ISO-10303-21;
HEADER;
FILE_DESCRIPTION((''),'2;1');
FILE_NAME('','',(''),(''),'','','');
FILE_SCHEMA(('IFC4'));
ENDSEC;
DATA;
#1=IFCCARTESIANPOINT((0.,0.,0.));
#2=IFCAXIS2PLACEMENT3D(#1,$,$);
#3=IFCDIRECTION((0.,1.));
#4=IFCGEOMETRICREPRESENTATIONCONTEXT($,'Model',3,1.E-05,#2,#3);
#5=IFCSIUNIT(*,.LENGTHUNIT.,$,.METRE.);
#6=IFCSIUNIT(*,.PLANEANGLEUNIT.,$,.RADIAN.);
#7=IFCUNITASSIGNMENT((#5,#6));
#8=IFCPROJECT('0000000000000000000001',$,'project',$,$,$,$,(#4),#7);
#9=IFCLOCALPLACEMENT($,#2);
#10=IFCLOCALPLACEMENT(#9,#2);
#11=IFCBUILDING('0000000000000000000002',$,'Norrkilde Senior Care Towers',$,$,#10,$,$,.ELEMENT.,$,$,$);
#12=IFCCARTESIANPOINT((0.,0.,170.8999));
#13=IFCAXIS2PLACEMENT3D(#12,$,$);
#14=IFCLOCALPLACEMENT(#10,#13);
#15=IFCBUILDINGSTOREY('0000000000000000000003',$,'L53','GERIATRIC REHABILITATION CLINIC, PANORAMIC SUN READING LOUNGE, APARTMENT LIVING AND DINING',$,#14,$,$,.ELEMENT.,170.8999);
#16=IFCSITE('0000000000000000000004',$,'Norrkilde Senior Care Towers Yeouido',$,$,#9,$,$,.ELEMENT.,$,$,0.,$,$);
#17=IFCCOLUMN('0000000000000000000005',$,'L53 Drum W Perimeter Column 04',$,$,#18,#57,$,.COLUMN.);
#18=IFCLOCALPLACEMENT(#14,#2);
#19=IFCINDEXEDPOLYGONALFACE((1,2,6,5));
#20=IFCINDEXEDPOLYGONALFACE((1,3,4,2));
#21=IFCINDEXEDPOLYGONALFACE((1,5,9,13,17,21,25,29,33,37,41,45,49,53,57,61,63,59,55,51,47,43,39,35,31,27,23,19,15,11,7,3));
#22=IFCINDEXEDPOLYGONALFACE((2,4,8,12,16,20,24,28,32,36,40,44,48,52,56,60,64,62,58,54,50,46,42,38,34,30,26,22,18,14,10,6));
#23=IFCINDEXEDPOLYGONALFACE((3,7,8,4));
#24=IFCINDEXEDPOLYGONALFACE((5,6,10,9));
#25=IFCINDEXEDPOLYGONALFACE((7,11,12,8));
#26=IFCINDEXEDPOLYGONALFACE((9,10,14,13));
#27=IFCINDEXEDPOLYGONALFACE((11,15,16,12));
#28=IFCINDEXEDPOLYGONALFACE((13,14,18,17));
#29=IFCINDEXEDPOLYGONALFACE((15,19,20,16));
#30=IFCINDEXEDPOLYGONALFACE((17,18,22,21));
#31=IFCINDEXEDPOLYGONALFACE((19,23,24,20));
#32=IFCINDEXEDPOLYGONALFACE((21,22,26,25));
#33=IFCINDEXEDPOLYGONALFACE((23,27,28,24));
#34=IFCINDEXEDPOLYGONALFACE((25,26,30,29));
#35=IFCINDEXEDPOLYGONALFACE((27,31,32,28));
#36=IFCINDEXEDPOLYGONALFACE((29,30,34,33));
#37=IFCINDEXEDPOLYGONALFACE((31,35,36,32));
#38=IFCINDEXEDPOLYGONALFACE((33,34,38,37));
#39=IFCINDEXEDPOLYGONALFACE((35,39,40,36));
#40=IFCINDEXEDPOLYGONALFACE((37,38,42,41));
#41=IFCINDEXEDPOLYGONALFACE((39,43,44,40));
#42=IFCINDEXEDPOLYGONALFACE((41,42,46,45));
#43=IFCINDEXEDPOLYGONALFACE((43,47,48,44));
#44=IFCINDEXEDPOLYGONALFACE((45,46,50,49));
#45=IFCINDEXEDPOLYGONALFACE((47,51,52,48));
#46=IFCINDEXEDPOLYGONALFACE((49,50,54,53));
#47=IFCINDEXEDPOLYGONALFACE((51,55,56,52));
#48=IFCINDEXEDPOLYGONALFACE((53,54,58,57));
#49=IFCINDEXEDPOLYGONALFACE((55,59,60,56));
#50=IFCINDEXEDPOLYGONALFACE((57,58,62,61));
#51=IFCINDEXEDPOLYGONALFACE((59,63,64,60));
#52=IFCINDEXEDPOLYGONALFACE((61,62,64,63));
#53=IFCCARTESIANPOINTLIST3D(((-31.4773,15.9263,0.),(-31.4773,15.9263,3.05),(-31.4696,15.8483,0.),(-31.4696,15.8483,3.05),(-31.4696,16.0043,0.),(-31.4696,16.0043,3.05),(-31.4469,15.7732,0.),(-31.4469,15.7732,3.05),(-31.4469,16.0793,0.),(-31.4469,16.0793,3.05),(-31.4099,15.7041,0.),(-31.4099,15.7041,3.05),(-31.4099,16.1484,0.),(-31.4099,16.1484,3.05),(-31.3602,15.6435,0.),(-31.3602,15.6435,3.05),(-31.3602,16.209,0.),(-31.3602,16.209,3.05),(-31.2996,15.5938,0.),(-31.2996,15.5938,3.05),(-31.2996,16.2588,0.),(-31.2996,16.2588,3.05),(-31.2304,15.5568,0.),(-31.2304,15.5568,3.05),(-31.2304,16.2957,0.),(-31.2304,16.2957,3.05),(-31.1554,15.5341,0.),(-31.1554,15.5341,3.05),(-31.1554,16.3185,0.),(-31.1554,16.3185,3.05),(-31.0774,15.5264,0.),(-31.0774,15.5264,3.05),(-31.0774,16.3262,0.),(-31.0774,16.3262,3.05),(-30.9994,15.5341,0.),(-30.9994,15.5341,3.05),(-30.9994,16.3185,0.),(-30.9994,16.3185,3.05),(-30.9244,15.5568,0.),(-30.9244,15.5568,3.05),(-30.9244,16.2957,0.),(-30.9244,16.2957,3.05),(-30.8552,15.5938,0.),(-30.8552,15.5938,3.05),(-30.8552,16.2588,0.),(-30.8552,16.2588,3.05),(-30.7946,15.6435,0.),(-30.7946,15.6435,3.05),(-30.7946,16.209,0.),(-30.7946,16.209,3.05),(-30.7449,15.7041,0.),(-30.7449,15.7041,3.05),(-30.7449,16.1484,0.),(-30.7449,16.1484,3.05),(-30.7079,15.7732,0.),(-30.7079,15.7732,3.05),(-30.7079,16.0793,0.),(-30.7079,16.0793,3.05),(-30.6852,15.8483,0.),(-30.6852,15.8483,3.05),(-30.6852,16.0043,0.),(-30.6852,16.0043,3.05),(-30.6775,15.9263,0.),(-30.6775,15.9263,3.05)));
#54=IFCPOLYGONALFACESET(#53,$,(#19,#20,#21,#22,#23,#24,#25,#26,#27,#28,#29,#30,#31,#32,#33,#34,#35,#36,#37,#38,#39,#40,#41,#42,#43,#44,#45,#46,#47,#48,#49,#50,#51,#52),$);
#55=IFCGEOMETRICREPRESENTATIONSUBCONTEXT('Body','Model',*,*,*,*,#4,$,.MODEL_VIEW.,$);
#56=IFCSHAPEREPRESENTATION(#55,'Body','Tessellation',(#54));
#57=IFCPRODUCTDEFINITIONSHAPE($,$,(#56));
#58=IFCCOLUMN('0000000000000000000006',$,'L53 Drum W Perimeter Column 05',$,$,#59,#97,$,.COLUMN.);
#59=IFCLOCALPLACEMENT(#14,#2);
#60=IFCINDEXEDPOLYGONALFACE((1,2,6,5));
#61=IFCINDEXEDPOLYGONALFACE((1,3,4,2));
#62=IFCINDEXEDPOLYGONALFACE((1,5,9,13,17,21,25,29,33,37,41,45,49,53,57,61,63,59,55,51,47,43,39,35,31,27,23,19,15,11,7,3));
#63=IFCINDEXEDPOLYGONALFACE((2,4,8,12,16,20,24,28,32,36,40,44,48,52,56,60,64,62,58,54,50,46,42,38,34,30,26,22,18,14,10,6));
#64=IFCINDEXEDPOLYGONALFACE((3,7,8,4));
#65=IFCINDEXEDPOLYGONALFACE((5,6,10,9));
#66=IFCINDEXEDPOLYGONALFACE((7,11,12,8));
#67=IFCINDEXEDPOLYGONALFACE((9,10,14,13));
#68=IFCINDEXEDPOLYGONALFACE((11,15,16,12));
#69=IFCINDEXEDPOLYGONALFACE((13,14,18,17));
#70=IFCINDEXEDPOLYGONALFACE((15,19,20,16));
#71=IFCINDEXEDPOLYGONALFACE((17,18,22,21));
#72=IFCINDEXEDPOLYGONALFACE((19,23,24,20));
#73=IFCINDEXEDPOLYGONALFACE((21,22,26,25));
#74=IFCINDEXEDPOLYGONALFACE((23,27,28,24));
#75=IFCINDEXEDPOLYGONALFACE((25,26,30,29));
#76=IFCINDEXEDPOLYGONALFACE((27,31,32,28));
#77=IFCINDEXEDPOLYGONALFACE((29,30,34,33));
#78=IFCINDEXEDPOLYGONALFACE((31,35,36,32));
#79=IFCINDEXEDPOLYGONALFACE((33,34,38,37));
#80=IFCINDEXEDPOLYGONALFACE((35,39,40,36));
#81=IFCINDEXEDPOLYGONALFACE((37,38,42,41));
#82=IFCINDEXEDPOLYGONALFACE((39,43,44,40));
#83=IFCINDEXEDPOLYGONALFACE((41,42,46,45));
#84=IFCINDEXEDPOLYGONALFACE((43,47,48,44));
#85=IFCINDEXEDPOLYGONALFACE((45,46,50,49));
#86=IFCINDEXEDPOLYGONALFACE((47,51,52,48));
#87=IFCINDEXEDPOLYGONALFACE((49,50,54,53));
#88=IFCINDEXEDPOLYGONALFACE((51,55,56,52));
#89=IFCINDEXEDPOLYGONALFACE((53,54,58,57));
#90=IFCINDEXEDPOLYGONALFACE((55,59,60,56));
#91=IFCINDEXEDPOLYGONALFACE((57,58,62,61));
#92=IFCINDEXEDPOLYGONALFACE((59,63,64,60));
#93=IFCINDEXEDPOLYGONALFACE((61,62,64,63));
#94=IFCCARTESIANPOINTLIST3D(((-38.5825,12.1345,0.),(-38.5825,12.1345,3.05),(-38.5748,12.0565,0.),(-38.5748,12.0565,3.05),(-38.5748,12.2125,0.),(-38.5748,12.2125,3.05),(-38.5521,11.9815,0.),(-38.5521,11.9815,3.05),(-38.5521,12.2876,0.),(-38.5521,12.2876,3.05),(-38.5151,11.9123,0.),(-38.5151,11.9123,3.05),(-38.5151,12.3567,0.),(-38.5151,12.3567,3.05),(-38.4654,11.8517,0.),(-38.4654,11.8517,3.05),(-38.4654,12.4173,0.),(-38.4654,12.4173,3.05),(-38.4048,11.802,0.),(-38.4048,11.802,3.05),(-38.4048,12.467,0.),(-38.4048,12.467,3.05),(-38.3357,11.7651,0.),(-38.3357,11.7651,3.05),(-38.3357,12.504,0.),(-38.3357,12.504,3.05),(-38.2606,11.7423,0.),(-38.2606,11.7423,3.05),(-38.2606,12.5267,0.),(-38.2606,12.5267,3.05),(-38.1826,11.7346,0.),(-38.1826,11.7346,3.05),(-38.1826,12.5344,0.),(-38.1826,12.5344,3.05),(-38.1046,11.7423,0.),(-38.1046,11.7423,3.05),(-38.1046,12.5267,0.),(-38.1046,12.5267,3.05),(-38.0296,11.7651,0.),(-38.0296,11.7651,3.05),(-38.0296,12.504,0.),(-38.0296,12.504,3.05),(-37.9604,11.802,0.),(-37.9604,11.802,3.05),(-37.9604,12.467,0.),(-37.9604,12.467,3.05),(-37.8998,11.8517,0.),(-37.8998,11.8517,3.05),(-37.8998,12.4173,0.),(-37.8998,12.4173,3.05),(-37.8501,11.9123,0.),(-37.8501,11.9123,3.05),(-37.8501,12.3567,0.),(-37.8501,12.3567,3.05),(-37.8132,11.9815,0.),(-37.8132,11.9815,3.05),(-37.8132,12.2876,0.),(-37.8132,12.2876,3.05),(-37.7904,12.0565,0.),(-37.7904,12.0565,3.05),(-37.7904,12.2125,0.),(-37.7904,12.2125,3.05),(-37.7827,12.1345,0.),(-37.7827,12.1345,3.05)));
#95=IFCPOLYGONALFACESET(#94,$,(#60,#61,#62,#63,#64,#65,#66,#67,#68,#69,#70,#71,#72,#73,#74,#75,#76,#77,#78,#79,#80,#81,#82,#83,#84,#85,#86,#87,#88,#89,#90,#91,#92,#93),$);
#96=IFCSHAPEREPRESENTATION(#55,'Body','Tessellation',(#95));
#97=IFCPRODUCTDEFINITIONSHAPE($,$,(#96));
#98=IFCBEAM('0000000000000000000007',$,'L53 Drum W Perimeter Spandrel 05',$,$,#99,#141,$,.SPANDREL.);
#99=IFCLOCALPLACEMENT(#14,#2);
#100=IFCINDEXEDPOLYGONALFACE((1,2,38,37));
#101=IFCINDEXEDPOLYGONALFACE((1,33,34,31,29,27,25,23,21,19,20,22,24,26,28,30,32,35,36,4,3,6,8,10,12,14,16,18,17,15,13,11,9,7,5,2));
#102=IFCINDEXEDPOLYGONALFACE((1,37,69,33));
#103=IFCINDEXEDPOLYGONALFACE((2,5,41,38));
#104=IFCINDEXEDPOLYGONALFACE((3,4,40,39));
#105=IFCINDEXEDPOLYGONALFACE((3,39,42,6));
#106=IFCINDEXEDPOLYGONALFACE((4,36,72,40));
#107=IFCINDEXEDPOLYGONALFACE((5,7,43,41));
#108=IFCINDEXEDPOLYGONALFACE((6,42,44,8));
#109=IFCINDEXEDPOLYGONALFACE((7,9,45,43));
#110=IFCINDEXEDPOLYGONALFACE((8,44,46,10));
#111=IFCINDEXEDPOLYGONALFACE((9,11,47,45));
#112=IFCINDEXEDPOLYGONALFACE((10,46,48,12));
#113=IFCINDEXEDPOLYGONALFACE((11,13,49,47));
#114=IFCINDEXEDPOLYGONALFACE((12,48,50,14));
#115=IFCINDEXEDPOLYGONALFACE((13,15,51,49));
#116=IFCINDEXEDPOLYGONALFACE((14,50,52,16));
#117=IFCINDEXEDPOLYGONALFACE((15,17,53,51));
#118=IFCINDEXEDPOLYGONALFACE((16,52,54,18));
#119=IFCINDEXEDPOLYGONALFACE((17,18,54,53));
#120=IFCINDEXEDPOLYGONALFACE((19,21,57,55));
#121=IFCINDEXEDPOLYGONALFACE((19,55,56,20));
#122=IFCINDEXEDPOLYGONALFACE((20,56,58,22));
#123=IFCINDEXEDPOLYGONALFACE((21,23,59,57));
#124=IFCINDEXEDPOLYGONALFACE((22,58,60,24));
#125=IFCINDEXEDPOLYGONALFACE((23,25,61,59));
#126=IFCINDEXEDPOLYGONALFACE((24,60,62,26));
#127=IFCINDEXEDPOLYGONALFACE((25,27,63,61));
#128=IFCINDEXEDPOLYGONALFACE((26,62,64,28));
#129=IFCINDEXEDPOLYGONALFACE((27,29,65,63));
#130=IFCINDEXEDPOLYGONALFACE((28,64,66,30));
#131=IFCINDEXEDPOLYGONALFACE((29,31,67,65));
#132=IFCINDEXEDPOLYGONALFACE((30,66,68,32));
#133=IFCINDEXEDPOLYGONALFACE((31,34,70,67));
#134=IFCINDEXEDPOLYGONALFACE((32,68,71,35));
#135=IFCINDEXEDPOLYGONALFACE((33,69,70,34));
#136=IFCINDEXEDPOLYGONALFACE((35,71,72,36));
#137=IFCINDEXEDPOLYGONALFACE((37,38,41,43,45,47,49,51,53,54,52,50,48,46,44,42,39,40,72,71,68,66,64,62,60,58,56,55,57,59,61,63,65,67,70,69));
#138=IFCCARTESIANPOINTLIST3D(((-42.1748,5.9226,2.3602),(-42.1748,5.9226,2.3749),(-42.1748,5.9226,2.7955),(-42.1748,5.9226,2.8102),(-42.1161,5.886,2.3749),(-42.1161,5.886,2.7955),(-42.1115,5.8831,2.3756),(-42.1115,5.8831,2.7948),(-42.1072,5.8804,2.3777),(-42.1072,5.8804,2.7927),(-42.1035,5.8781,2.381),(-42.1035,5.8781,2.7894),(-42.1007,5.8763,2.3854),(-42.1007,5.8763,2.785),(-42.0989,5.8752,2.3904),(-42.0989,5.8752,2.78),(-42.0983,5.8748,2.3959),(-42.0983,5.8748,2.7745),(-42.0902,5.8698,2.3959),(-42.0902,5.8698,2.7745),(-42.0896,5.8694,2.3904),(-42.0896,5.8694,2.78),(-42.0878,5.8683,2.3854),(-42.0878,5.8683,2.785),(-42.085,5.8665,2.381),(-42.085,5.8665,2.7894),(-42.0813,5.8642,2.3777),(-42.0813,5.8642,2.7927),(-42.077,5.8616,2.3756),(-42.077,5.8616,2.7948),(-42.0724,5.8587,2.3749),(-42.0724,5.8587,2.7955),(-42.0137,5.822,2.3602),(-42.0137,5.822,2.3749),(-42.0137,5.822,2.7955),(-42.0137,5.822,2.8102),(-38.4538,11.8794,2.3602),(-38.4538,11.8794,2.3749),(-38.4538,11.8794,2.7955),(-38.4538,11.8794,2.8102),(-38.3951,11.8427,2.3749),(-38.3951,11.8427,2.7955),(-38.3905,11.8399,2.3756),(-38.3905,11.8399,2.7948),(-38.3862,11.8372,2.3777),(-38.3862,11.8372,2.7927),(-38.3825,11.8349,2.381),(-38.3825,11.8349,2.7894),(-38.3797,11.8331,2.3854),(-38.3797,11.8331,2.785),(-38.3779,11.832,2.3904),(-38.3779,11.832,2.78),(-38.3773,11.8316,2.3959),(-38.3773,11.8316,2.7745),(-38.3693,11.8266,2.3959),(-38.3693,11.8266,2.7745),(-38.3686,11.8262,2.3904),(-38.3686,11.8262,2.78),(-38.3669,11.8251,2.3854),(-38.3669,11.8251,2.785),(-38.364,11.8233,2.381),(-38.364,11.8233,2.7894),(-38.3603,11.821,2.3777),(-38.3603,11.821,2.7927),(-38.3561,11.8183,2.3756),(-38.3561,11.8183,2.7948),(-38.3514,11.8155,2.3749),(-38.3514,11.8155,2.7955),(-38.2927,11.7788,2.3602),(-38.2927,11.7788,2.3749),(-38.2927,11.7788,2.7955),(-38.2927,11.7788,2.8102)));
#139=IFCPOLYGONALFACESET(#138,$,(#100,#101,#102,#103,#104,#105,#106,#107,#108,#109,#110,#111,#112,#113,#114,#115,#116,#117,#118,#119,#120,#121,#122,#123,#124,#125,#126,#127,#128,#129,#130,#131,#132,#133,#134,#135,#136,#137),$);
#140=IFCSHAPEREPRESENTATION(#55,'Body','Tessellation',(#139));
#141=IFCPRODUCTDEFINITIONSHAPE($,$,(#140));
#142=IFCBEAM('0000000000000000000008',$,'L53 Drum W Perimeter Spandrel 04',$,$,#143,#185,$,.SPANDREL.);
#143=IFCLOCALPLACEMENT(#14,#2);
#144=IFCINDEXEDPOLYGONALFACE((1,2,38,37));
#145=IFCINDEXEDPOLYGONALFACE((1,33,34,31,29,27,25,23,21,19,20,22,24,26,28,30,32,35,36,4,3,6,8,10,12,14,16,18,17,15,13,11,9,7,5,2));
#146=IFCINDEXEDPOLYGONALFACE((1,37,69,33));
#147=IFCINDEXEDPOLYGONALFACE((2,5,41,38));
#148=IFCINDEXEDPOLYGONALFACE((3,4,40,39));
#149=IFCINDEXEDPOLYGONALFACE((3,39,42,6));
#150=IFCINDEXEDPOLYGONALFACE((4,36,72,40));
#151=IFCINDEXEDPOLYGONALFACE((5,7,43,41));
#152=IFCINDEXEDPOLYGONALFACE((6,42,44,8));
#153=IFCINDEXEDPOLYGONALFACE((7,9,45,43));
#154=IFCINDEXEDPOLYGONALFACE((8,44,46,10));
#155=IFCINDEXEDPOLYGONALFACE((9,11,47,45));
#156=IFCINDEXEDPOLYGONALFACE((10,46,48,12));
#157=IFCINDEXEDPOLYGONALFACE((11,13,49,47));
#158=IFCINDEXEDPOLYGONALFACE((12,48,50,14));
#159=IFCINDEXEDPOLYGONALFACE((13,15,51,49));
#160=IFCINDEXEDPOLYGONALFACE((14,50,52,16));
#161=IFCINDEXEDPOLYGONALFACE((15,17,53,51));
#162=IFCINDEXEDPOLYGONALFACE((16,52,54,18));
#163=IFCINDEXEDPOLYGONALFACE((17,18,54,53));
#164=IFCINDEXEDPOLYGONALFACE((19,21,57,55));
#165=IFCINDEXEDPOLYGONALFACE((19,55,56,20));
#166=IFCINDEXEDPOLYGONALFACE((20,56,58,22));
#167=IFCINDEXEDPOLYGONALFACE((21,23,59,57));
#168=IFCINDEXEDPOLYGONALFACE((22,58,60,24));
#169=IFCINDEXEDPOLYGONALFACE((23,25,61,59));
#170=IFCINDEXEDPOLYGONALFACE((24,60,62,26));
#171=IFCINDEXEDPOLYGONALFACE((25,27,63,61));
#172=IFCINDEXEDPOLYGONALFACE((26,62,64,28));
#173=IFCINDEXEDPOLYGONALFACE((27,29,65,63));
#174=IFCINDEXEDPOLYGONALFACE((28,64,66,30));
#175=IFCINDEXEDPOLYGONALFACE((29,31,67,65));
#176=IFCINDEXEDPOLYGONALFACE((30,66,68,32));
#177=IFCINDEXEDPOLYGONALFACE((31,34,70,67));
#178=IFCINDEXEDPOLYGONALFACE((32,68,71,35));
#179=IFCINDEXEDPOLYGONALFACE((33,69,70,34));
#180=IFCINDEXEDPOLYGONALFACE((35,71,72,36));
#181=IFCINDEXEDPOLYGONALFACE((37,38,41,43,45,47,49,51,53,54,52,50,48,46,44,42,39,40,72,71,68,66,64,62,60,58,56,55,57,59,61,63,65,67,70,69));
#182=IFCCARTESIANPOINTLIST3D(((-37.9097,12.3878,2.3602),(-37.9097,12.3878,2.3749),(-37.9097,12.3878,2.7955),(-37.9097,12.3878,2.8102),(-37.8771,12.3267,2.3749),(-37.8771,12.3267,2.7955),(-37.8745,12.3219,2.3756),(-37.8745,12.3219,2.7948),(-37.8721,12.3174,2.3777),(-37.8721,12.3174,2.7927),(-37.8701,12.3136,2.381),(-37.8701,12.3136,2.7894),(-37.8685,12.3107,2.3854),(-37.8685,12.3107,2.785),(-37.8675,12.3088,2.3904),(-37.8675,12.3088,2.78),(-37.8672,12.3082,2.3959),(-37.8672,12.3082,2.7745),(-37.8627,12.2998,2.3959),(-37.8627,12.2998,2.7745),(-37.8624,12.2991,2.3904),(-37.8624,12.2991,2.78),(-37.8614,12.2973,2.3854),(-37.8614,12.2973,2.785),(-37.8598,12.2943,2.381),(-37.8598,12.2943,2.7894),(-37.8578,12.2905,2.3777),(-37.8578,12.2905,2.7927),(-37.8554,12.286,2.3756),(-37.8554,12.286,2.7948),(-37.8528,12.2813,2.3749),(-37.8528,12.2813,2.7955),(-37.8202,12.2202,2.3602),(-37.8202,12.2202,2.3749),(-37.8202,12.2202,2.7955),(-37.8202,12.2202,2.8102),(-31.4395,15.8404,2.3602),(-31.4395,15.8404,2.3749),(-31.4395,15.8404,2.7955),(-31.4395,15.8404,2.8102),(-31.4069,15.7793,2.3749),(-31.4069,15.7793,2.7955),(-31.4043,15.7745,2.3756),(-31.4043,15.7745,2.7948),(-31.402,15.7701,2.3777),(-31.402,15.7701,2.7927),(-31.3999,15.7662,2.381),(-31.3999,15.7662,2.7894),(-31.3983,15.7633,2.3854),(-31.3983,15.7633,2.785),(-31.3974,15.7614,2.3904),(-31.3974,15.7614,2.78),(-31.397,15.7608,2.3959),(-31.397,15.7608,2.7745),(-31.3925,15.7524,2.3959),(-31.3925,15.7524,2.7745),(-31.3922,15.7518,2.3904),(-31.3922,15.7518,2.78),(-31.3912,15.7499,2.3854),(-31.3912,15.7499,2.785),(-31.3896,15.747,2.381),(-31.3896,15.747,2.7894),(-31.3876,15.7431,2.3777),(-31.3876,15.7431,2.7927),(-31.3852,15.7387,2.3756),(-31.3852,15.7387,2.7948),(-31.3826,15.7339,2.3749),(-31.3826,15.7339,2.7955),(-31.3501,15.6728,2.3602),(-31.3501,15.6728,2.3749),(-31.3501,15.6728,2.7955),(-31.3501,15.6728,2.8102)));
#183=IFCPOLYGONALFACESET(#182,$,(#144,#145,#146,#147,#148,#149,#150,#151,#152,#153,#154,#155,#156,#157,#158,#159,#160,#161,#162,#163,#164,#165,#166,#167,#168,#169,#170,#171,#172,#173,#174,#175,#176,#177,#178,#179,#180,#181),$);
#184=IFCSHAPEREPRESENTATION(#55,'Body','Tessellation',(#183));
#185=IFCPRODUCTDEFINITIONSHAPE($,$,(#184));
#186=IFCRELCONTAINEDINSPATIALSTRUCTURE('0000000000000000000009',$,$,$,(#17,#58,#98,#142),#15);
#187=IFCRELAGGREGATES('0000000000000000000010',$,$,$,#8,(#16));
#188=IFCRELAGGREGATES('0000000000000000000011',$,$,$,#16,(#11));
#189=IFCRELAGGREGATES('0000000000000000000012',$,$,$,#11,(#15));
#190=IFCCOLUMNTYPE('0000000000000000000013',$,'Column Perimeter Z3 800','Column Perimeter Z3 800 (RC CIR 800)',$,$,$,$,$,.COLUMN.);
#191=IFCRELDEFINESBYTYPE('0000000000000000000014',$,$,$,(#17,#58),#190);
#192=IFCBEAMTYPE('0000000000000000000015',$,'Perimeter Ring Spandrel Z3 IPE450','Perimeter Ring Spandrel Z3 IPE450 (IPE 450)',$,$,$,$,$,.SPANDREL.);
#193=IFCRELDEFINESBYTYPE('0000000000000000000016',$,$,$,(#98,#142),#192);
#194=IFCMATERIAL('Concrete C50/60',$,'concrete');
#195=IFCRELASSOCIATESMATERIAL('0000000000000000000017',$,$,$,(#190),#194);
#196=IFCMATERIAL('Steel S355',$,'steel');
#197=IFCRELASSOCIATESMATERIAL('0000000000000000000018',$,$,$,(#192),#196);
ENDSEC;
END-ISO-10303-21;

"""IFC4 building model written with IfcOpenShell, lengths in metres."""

from ifc_helpers import new_model, si_unit, direction, frame, origin, origin_2d, place, context, subcontext, project, spatial, circle, i_section, extrude, source, transform, mapped, material, material_profile, profile_set, type_object, type_shapes, element, save


model = new_model("IFC4")

# Units and contexts
model_context = context("Model", 3, precision=1e-05, world=origin(), true_north=direction((0.0, 1.0)))
body_context = subcontext(model_context, "Body", "Model", "MODEL_VIEW")
ifc_project = project(units=[si_unit("LENGTHUNIT", "METRE"), si_unit("PLANEANGLEUNIT", "RADIAN")], contexts=[model_context])

# Site, building, storey
site_placement = place(None, origin())
site = spatial("IfcSite", under=ifc_project, at=site_placement, Name="Norrkilde Senior Care Towers Yeouido", CompositionType="ELEMENT", RefElevation=0.0)
building_placement = place(site_placement, origin())
building = spatial("IfcBuilding", under=site, at=building_placement, Name="Norrkilde Senior Care Towers", CompositionType="ELEMENT")
storey_placement = place(building_placement, frame((0.0, 0.0, 170.8999)))
storey = spatial("IfcBuildingStorey", under=building, at=storey_placement, Name="L53", Description="GERIATRIC REHABILITATION CLINIC, PANORAMIC SUN READING LOUNGE, APARTMENT LIVING AND DINING", CompositionType="ELEMENT", Elevation=170.8999)

# Columns
ifc_material_1 = material(Name="Concrete C50/60", Category="concrete")
ifc_material_profile_1 = material_profile(ifc_material_1, circle(Radius=0.3999, at=origin_2d()), Name="RC CIR 800")
ifc_profile_set_1 = profile_set([ifc_material_profile_1], Name="Concrete C50/60")
column_type = type_object("IfcColumnType", Name="Column Perimeter Z3 800", Description="Column Perimeter Z3 800 (RC CIR 800)", PredefinedType="COLUMN", material=ifc_profile_set_1)
shared_shape_1 = source(origin(), body_context, "Body", "SweptSolid", [
    extrude(circle(Radius=0.3999, at=origin_2d()), origin(), (0.0, 0.0, 1.0), 3.05),
])
type_shapes(column_type, [shared_shape_1])
for number, where, z_axis, x_axis, name in (
    (1, (-31.0774, 15.9263, 0.0), (0.0, 0.0, 1.0), (1.0, 0.0, 0.0), "L53 Drum W Perimeter Column 04"),
    (2, (-38.1826, 12.1345, 0.0), (0.0, 0.0, 1.0), (1.0, 0.0, 0.0), "L53 Drum W Perimeter Column 05"),
):
    element("IfcColumn", number, at=place(storey_placement, frame(where, z_axis=z_axis, x_axis=x_axis)), inside=storey, type_object=column_type, Name=name, PredefinedType="COLUMN", context=body_context, shape_type="MappedRepresentation", body=[
        mapped(shared_shape_1, transform((0.0, 0.0, 0.0), x_axis=(1.0, 0.0, 0.0), y_axis=(0.0, 1.0, 0.0), z_axis=(0.0, 0.0, 1.0), scale=1.0)),
    ])

# Beams
ifc_material_2 = material(Name="Steel S355", Category="steel")
ifc_material_profile_2 = material_profile(ifc_material_2, i_section(OverallWidth=0.1899, OverallDepth=0.45, WebThickness=0.0095, FlangeThickness=0.0146, FilletRadius=0.021, at=origin_2d()), Name="IPE 450")
ifc_profile_set_2 = profile_set([ifc_material_profile_2], Name="Steel S355")
beam_type_1 = type_object("IfcBeamType", Name="Perimeter Ring Spandrel Z3 IPE450", Description="Perimeter Ring Spandrel Z3 IPE450 (IPE 450)", PredefinedType="SPANDREL", material=ifc_profile_set_2)
shared_shape_2 = source(origin(), body_context, "Body", "SweptSolid", [
    extrude(i_section(OverallWidth=0.1899, OverallDepth=0.45, WebThickness=0.0095, FlangeThickness=0.0146, FilletRadius=0.021, at=origin_2d()), origin(), (0.0, 0.0, 1.0), 7.0234),
])
beam_1_placement = place(storey_placement, frame((-38.3733, 11.8291, 2.5852), z_axis=(-0.52979, -0.848129, 0.0), x_axis=(0.848129, -0.52979, 0.0)))
element("IfcBeam", 3, at=beam_1_placement, inside=storey, type_object=beam_type_1, Name="L53 Drum W Perimeter Spandrel 05", PredefinedType="SPANDREL", context=body_context, shape_type="MappedRepresentation", body=[
    mapped(shared_shape_2, transform((0.0, 0.0, 0.0), x_axis=(1.0, 0.0, 0.0), y_axis=(0.0, 1.0, 0.0), z_axis=(0.0, 0.0, 1.0), scale=1.0)),
])
shared_shape_3 = source(origin(), body_context, "Body", "SweptSolid", [
    extrude(i_section(OverallWidth=0.1899, OverallDepth=0.45, WebThickness=0.0095, FlangeThickness=0.0146, FilletRadius=0.021, at=origin_2d()), origin(), (0.0, 0.0, 1.0), 7.3337),
])
type_shapes(beam_type_1, [shared_shape_2, shared_shape_3])
beam_2_placement = place(storey_placement, frame((-31.3948, 15.7566, 2.5852), z_axis=(-0.882248, -0.470785, 0.0), x_axis=(0.470785, -0.882248, 0.0)))
element("IfcBeam", 4, at=beam_2_placement, inside=storey, type_object=beam_type_1, Name="L53 Drum W Perimeter Spandrel 04", PredefinedType="SPANDREL", context=body_context, shape_type="MappedRepresentation", body=[
    mapped(shared_shape_3, transform((0.0, 0.0, 0.0), x_axis=(1.0, 0.0, 0.0), y_axis=(0.0, 1.0, 0.0), z_axis=(0.0, 0.0, 1.0), scale=1.0)),
])

save(model, "model.ifc")
